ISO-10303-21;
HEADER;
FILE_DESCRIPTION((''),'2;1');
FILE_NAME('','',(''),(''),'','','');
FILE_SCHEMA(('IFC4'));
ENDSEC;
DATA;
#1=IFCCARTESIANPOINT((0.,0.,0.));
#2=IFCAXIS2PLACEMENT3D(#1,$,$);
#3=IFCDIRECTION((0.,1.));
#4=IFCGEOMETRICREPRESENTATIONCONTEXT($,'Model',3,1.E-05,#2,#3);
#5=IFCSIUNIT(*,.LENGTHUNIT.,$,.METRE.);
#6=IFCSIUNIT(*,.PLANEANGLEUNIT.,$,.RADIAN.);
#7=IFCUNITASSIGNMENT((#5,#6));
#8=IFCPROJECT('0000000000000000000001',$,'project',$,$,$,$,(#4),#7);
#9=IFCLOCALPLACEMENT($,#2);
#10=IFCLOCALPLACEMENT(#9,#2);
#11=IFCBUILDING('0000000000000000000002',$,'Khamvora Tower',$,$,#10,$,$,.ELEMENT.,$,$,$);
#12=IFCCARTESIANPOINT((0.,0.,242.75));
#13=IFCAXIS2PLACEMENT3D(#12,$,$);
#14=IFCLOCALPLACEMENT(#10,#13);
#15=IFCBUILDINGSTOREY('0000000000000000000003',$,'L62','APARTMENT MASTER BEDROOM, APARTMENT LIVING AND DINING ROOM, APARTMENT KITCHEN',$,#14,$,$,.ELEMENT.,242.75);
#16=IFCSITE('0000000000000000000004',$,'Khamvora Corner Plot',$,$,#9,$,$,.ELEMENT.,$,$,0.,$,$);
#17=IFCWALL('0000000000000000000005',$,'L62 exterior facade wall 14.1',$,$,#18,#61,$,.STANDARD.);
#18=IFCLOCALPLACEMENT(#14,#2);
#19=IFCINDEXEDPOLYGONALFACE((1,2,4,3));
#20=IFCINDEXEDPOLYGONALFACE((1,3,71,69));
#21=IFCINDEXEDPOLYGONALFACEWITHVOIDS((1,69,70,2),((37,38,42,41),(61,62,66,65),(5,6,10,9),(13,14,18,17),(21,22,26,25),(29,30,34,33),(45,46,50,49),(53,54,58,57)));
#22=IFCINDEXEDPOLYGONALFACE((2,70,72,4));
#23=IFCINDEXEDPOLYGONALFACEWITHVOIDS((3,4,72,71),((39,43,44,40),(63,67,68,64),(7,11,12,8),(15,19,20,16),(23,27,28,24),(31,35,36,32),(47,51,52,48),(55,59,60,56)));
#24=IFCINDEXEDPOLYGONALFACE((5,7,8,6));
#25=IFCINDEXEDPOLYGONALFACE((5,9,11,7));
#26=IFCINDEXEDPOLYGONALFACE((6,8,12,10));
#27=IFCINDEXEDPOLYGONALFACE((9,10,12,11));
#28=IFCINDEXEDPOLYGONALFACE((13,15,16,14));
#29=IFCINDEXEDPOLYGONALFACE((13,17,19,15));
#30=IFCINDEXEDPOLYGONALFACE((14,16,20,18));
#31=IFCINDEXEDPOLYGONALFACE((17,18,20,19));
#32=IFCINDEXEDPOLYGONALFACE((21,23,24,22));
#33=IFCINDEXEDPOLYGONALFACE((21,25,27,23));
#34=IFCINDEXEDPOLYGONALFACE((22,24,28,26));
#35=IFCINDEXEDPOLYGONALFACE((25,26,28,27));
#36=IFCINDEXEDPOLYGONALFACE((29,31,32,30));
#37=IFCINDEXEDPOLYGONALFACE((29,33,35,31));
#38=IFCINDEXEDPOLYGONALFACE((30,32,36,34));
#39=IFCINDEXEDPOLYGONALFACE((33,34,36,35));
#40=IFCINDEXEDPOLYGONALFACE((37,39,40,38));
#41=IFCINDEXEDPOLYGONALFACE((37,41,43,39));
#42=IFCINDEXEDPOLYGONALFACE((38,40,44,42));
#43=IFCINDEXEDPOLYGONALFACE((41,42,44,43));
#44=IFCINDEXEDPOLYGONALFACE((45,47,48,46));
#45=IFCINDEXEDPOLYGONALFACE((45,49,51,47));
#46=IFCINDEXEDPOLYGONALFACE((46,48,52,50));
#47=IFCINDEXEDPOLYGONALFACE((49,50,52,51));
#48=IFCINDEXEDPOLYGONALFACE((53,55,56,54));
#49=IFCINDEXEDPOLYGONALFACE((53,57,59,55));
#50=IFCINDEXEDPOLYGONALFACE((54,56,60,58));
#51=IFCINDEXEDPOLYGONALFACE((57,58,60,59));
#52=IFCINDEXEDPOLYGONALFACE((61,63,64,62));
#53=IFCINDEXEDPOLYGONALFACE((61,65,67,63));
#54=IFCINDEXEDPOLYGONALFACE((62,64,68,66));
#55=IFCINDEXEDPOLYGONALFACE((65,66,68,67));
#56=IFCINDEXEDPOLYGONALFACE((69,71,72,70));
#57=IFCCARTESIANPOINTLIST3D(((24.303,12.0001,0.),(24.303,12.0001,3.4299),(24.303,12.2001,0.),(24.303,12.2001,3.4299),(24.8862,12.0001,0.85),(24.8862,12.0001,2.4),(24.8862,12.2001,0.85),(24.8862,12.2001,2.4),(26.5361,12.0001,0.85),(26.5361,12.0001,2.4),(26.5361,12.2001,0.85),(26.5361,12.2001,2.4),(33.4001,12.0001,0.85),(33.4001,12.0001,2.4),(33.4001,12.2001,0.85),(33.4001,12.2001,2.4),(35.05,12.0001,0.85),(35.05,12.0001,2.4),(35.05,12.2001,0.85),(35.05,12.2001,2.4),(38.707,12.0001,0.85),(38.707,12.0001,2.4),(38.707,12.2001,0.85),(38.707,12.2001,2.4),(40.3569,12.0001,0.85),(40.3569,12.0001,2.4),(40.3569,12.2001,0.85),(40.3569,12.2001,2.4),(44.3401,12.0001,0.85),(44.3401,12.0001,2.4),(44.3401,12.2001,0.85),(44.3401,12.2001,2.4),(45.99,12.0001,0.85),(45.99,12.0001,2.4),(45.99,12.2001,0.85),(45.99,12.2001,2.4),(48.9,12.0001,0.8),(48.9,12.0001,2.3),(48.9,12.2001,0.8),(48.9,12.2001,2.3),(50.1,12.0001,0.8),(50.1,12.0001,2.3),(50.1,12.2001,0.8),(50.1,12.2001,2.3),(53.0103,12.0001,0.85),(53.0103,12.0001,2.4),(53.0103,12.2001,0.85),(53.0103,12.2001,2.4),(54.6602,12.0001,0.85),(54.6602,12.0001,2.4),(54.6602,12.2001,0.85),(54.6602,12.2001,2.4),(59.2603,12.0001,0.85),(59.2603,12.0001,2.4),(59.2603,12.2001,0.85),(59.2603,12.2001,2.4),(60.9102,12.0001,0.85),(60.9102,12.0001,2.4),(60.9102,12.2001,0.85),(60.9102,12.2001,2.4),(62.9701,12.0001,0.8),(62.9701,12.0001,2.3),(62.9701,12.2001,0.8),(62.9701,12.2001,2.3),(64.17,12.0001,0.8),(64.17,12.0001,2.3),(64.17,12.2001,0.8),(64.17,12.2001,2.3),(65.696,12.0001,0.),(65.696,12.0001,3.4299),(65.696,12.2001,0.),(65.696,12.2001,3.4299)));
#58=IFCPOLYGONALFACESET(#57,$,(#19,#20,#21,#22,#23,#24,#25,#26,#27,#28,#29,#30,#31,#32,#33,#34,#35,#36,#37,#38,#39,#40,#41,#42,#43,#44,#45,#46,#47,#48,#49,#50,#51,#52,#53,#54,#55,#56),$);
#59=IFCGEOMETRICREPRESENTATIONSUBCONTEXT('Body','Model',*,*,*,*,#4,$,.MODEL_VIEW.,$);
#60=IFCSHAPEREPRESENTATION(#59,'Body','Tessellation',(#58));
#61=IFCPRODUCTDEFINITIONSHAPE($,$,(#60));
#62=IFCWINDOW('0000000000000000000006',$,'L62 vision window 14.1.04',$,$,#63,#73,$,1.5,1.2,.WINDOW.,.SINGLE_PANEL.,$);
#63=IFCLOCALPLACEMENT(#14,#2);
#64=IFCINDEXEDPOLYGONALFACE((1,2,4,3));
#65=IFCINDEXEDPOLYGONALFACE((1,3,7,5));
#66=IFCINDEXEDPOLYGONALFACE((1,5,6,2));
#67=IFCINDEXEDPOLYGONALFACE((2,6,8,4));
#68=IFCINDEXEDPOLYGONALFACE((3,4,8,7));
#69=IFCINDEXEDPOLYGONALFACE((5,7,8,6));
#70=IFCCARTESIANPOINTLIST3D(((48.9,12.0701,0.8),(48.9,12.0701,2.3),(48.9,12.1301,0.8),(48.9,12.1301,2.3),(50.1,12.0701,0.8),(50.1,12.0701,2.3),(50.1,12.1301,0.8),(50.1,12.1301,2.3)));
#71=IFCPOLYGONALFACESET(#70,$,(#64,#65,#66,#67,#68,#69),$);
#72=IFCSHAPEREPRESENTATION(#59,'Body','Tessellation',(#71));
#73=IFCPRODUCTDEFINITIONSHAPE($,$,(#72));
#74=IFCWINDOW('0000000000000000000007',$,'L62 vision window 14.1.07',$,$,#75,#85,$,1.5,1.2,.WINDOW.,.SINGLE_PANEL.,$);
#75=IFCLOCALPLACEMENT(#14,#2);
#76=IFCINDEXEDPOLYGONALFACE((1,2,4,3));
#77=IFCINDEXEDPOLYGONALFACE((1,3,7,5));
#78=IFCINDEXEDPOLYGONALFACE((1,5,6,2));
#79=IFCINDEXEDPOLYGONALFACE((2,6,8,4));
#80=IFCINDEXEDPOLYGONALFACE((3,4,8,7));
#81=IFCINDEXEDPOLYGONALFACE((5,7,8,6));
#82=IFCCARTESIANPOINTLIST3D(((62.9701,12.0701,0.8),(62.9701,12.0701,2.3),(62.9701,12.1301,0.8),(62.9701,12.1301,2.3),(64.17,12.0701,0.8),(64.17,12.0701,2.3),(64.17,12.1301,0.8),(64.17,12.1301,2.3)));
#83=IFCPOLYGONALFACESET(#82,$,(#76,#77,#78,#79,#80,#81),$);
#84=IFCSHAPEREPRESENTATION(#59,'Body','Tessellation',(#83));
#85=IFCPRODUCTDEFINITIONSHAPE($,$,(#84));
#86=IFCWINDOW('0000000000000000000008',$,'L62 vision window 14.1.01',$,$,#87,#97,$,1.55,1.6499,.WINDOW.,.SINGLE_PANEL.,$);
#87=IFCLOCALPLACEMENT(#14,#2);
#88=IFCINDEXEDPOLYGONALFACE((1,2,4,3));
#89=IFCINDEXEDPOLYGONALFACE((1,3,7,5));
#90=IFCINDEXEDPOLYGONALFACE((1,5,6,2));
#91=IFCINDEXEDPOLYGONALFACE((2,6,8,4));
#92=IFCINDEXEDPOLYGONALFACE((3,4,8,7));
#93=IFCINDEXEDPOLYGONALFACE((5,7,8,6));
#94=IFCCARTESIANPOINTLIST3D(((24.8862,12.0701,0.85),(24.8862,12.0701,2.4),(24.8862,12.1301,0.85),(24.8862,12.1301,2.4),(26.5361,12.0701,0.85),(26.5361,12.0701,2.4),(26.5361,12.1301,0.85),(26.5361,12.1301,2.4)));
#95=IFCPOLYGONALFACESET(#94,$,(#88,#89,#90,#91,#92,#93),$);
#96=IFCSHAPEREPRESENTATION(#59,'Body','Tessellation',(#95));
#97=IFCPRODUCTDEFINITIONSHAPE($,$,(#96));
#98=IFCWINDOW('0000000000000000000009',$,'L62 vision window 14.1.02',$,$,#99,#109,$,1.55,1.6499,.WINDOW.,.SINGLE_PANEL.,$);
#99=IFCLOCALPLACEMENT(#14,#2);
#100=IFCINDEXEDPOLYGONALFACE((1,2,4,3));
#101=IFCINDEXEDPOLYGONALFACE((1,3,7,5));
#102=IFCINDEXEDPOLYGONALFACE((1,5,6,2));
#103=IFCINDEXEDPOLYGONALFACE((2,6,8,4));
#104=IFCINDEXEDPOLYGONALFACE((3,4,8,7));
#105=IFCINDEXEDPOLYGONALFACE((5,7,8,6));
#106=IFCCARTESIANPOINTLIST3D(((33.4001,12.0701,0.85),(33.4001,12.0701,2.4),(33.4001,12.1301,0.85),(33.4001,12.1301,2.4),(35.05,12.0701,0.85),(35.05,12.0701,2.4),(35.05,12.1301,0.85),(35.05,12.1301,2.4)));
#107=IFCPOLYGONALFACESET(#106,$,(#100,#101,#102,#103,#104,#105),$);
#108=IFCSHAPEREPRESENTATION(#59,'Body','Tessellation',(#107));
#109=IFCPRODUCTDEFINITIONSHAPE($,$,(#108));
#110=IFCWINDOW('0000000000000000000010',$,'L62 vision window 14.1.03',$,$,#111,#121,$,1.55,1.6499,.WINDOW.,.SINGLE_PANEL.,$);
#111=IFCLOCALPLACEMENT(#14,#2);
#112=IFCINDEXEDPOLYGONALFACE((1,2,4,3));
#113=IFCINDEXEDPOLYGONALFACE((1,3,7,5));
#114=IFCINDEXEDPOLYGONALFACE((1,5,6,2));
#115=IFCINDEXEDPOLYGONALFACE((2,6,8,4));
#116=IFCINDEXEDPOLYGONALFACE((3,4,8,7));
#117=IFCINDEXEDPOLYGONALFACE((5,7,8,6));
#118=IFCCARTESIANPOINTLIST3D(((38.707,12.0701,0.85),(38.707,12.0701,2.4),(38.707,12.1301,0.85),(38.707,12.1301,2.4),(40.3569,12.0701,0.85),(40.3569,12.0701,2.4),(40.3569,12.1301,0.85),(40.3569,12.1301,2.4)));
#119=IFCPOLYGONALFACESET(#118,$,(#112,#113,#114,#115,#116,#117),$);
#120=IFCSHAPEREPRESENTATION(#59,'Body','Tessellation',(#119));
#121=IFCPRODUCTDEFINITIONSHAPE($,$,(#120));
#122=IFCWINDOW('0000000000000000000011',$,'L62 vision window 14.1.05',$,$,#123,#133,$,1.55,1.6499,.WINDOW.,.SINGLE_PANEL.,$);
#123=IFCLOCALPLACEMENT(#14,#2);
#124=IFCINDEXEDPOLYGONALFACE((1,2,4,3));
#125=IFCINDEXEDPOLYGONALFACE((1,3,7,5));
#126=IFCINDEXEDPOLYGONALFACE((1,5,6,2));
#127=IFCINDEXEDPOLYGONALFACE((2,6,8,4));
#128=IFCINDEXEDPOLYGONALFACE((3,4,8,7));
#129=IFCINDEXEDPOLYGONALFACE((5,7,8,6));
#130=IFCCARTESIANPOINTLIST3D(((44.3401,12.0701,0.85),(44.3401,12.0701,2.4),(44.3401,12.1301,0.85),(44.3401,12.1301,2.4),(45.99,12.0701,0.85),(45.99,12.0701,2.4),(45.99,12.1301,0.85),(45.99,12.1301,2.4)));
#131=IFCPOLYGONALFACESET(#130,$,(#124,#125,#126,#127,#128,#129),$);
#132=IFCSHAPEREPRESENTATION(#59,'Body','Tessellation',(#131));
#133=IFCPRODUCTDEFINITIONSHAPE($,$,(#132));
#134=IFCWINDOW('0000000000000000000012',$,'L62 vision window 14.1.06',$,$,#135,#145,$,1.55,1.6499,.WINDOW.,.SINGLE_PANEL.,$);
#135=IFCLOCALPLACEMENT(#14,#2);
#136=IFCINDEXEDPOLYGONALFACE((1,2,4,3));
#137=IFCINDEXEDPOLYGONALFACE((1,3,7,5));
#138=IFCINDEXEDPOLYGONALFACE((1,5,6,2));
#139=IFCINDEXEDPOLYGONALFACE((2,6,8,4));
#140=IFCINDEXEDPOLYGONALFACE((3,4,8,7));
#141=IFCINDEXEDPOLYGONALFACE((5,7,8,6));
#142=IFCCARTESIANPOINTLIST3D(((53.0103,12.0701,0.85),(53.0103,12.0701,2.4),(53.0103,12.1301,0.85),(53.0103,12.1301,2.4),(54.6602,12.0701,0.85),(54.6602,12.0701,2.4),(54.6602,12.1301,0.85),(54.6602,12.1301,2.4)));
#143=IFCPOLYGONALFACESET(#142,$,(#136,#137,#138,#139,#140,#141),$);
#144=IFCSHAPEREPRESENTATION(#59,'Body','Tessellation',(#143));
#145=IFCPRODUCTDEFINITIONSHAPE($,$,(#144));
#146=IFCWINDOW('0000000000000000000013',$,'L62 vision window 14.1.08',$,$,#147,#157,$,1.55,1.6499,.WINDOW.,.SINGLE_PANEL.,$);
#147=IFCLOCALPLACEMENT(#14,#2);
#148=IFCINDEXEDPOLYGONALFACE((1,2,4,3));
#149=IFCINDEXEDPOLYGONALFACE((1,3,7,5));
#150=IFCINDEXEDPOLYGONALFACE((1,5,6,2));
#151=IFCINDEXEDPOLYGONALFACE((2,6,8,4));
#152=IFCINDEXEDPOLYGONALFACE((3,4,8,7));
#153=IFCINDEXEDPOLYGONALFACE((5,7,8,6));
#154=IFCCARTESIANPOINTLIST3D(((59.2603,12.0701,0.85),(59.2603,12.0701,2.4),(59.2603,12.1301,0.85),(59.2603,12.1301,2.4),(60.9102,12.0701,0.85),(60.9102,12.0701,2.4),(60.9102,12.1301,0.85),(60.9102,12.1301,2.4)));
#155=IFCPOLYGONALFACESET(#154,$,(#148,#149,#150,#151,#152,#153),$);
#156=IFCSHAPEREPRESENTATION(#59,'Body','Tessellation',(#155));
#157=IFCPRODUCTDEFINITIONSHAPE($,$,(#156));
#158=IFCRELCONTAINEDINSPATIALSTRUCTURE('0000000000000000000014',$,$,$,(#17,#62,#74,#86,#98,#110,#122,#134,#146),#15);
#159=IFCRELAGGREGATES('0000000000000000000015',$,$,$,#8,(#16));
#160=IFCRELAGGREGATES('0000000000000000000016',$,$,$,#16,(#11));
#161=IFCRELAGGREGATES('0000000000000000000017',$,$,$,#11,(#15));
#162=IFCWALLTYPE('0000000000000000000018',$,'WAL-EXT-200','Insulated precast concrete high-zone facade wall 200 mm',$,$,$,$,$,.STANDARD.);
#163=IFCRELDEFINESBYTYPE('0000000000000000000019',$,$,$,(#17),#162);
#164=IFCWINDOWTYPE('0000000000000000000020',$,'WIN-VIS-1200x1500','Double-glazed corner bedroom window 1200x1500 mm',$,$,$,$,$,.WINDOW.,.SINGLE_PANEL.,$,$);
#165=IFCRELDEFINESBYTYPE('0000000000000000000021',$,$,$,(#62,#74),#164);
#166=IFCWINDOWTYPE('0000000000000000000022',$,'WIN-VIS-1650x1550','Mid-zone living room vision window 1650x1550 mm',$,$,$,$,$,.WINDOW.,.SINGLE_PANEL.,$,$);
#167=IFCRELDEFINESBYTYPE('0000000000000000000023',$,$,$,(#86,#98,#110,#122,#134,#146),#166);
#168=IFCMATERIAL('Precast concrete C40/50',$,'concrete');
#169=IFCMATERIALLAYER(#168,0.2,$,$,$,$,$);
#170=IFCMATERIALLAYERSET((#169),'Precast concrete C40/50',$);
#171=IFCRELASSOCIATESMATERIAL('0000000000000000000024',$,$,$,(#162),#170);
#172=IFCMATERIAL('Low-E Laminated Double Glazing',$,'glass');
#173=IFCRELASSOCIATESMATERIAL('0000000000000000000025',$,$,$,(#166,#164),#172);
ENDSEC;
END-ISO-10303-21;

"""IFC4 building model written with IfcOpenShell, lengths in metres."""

from ifc_helpers import new_model, si_unit, direction, frame, frame_2d, origin, place, context, subcontext, project, spatial, rectangle, extrude, material, layer, layer_set, type_object, element, fill, save


model = new_model("IFC4")

# Units and contexts
model_context = context("Model", 3, precision=1e-05, world=origin(), true_north=direction((0.0, 1.0)))
body_context = subcontext(model_context, "Body", "Model", "MODEL_VIEW")
ifc_project = project(units=[si_unit("LENGTHUNIT", "METRE"), si_unit("PLANEANGLEUNIT", "RADIAN")], contexts=[model_context])

# Site, building, storey
site_placement = place(None, origin())
site = spatial("IfcSite", under=ifc_project, at=site_placement, Name="Khamvora Corner Plot", CompositionType="ELEMENT", RefElevation=0.0)
building_placement = place(site_placement, origin())
building = spatial("IfcBuilding", under=site, at=building_placement, Name="Khamvora Tower", CompositionType="ELEMENT")
storey_placement = place(building_placement, frame((0.0, 0.0, 242.75)))
storey = spatial("IfcBuildingStorey", under=building, at=storey_placement, Name="L62", Description="APARTMENT MASTER BEDROOM, APARTMENT LIVING AND DINING ROOM, APARTMENT KITCHEN", CompositionType="ELEMENT", Elevation=242.75)

# Shared definitions
ifc_material_1 = material(Name="Precast concrete C40/50", Category="concrete")
ifc_layer_1 = layer(ifc_material_1, 0.2)
ifc_layer_set_1 = layer_set([ifc_layer_1], Name="Precast concrete C40/50")
wall_type_1 = type_object("IfcWallType", Name="WAL-EXT-200", Description="Insulated precast concrete high-zone facade wall 200 mm", PredefinedType="STANDARD", material=ifc_layer_set_1)
ifc_material_2 = material(Name="Low-E Laminated Double Glazing", Category="glass")
window_type_1 = type_object("IfcWindowType", Name="WIN-VIS-1650x1550", Description="Mid-zone living room vision window 1650x1550 mm", PartitioningType="SINGLE_PANEL", PredefinedType="WINDOW", material=ifc_material_2)

# Wall, openings, windows
wall_1_placement = place(storey_placement, frame((65.696, 12.1001, 0.0), z_axis=(0.0, 0.0, 1.0), x_axis=(-1.0, 0.0, 0.0)))
wall_1 = element("IfcWall", 1, at=wall_1_placement, inside=storey, type_object=wall_type_1, Name="L62 exterior facade wall 14.1", PredefinedType="STANDARD", context=body_context, shape_type="SweptSolid", body=[
    extrude(rectangle(XDim=41.3931, YDim=0.2, at=frame_2d((20.6965, 0.0))), origin(), (0.0, 0.0, 1.0), 3.4299),
])
opening_1_placement = place(wall_1_placement, frame((39.1599, 0.0, 0.8501)))
opening_1 = element("IfcOpeningElement", 2, at=opening_1_placement, cuts=wall_1, PredefinedType="OPENING", context=body_context, shape_type="SweptSolid", body=[
    extrude(rectangle(XDim=1.6499, YDim=1.55, at=frame_2d((0.825, 0.7749))), frame((0.0, 0.1099, 0.0), z_axis=(0.0, -1.0, 0.0), x_axis=(1.0, 0.0, 0.0)), (0.0, 0.0, 1.0), 0.22),
])
opening_2_placement = place(wall_1_placement, frame((30.646, 0.0, 0.8501)))
opening_2 = element("IfcOpeningElement", 3, at=opening_2_placement, cuts=wall_1, PredefinedType="OPENING", context=body_context, shape_type="SweptSolid", body=[
    extrude(rectangle(XDim=1.6499, YDim=1.55, at=frame_2d((0.825, 0.7749))), frame((0.0, 0.1099, 0.0), z_axis=(0.0, -1.0, 0.0), x_axis=(1.0, 0.0, 0.0)), (0.0, 0.0, 1.0), 0.22),
])
opening_3_placement = place(wall_1_placement, frame((25.3391, 0.0, 0.8501)))
opening_3 = element("IfcOpeningElement", 4, at=opening_3_placement, cuts=wall_1, PredefinedType="OPENING", context=body_context, shape_type="SweptSolid", body=[
    extrude(rectangle(XDim=1.6499, YDim=1.55, at=frame_2d((0.825, 0.7749))), frame((0.0, 0.1099, 0.0), z_axis=(0.0, -1.0, 0.0), x_axis=(1.0, 0.0, 0.0)), (0.0, 0.0, 1.0), 0.22),
])
opening_4_placement = place(wall_1_placement, frame((15.5959, 0.0, 0.8)))
opening_4 = element("IfcOpeningElement", 5, at=opening_4_placement, cuts=wall_1, PredefinedType="OPENING", context=body_context, shape_type="SweptSolid", body=[
    extrude(rectangle(XDim=1.2, YDim=1.5, at=frame_2d((0.6001, 0.75))), frame((0.0, 0.1099, 0.0), z_axis=(0.0, -1.0, 0.0), x_axis=(1.0, 0.0, 0.0)), (0.0, 0.0, 1.0), 0.22),
])
opening_5_placement = place(wall_1_placement, frame((19.7061, 0.0, 0.8501)))
opening_5 = element("IfcOpeningElement", 6, at=opening_5_placement, cuts=wall_1, PredefinedType="OPENING", context=body_context, shape_type="SweptSolid", body=[
    extrude(rectangle(XDim=1.6499, YDim=1.55, at=frame_2d((0.825, 0.7749))), frame((0.0, 0.1099, 0.0), z_axis=(0.0, -1.0, 0.0), x_axis=(1.0, 0.0, 0.0)), (0.0, 0.0, 1.0), 0.22),
])
opening_6_placement = place(wall_1_placement, frame((11.0359, 0.0, 0.8501)))
opening_6 = element("IfcOpeningElement", 7, at=opening_6_placement, cuts=wall_1, PredefinedType="OPENING", context=body_context, shape_type="SweptSolid", body=[
    extrude(rectangle(XDim=1.6499, YDim=1.55, at=frame_2d((0.825, 0.7749))), frame((0.0, 0.1099, 0.0), z_axis=(0.0, -1.0, 0.0), x_axis=(1.0, 0.0, 0.0)), (0.0, 0.0, 1.0), 0.22),
])
opening_7_placement = place(wall_1_placement, frame((1.5259, 0.0, 0.8)))
opening_7 = element("IfcOpeningElement", 8, at=opening_7_placement, cuts=wall_1, PredefinedType="OPENING", context=body_context, shape_type="SweptSolid", body=[
    extrude(rectangle(XDim=1.2, YDim=1.5, at=frame_2d((0.6001, 0.75))), frame((0.0, 0.1099, 0.0), z_axis=(0.0, -1.0, 0.0), x_axis=(1.0, 0.0, 0.0)), (0.0, 0.0, 1.0), 0.22),
])
opening_8_placement = place(wall_1_placement, frame((4.7859, 0.0, 0.8501)))
opening_8 = element("IfcOpeningElement", 9, at=opening_8_placement, cuts=wall_1, PredefinedType="OPENING", context=body_context, shape_type="SweptSolid", body=[
    extrude(rectangle(XDim=1.6499, YDim=1.55, at=frame_2d((0.825, 0.7749))), frame((0.0, 0.1099, 0.0), z_axis=(0.0, -1.0, 0.0), x_axis=(1.0, 0.0, 0.0)), (0.0, 0.0, 1.0), 0.22),
])
window_type_2 = type_object("IfcWindowType", Name="WIN-VIS-1200x1500", Description="Double-glazed corner bedroom window 1200x1500 mm", PartitioningType="SINGLE_PANEL", PredefinedType="WINDOW", material=ifc_material_2)
window_1_placement = place(opening_4_placement, origin())
window_1 = element("IfcWindow", 10, at=window_1_placement, inside=storey, type_object=window_type_2, Name="L62 vision window 14.1.04", OverallHeight=1.5, OverallWidth=1.2, PartitioningType="SINGLE_PANEL", PredefinedType="WINDOW", context=body_context, shape_type="SweptSolid", body=[
    extrude(rectangle(XDim=1.2, YDim=1.5, at=frame_2d((0.6001, 0.75))), frame((0.0, 0.03, 0.0), z_axis=(0.0, -1.0, 0.0), x_axis=(1.0, 0.0, 0.0)), (0.0, 0.0, 1.0), 0.0601),
])
fill(opening_4, window_1)
window_2_placement = place(opening_7_placement, origin())
window_2 = element("IfcWindow", 11, at=window_2_placement, inside=storey, type_object=window_type_2, Name="L62 vision window 14.1.07", OverallHeight=1.5, OverallWidth=1.2, PartitioningType="SINGLE_PANEL", PredefinedType="WINDOW", context=body_context, shape_type="SweptSolid", body=[
    extrude(rectangle(XDim=1.2, YDim=1.5, at=frame_2d((0.6001, 0.75))), frame((0.0, 0.03, 0.0), z_axis=(0.0, -1.0, 0.0), x_axis=(1.0, 0.0, 0.0)), (0.0, 0.0, 1.0), 0.0601),
])
fill(opening_7, window_2)
window_3_placement = place(opening_1_placement, origin())
window_3 = element("IfcWindow", 12, at=window_3_placement, inside=storey, type_object=window_type_1, Name="L62 vision window 14.1.01", OverallHeight=1.55, OverallWidth=1.6499, PartitioningType="SINGLE_PANEL", PredefinedType="WINDOW", context=body_context, shape_type="SweptSolid", body=[
    extrude(rectangle(XDim=1.6499, YDim=1.55, at=frame_2d((0.825, 0.7749))), frame((0.0, 0.03, 0.0), z_axis=(0.0, -1.0, 0.0), x_axis=(1.0, 0.0, 0.0)), (0.0, 0.0, 1.0), 0.0601),
])
fill(opening_1, window_3)
window_4_placement = place(opening_2_placement, origin())
window_4 = element("IfcWindow", 13, at=window_4_placement, inside=storey, type_object=window_type_1, Name="L62 vision window 14.1.02", OverallHeight=1.55, OverallWidth=1.6499, PartitioningType="SINGLE_PANEL", PredefinedType="WINDOW", context=body_context, shape_type="SweptSolid", body=[
    extrude(rectangle(XDim=1.6499, YDim=1.55, at=frame_2d((0.825, 0.7749))), frame((0.0, 0.03, 0.0), z_axis=(0.0, -1.0, 0.0), x_axis=(1.0, 0.0, 0.0)), (0.0, 0.0, 1.0), 0.0601),
])
fill(opening_2, window_4)
window_5_placement = place(opening_3_placement, origin())
window_5 = element("IfcWindow", 14, at=window_5_placement, inside=storey, type_object=window_type_1, Name="L62 vision window 14.1.03", OverallHeight=1.55, OverallWidth=1.6499, PartitioningType="SINGLE_PANEL", PredefinedType="WINDOW", context=body_context, shape_type="SweptSolid", body=[
    extrude(rectangle(XDim=1.6499, YDim=1.55, at=frame_2d((0.825, 0.7749))), frame((0.0, 0.03, 0.0), z_axis=(0.0, -1.0, 0.0), x_axis=(1.0, 0.0, 0.0)), (0.0, 0.0, 1.0), 0.0601),
])
fill(opening_3, window_5)
window_6_placement = place(opening_5_placement, origin())
window_6 = element("IfcWindow", 15, at=window_6_placement, inside=storey, type_object=window_type_1, Name="L62 vision window 14.1.05", OverallHeight=1.55, OverallWidth=1.6499, PartitioningType="SINGLE_PANEL", PredefinedType="WINDOW", context=body_context, shape_type="SweptSolid", body=[
    extrude(rectangle(XDim=1.6499, YDim=1.55, at=frame_2d((0.825, 0.7749))), frame((0.0, 0.03, 0.0), z_axis=(0.0, -1.0, 0.0), x_axis=(1.0, 0.0, 0.0)), (0.0, 0.0, 1.0), 0.0601),
])
fill(opening_5, window_6)
window_7_placement = place(opening_6_placement, origin())
window_7 = element("IfcWindow", 16, at=window_7_placement, inside=storey, type_object=window_type_1, Name="L62 vision window 14.1.06", OverallHeight=1.55, OverallWidth=1.6499, PartitioningType="SINGLE_PANEL", PredefinedType="WINDOW", context=body_context, shape_type="SweptSolid", body=[
    extrude(rectangle(XDim=1.6499, YDim=1.55, at=frame_2d((0.825, 0.7749))), frame((0.0, 0.03, 0.0), z_axis=(0.0, -1.0, 0.0), x_axis=(1.0, 0.0, 0.0)), (0.0, 0.0, 1.0), 0.0601),
])
fill(opening_6, window_7)
window_8_placement = place(opening_8_placement, origin())
window_8 = element("IfcWindow", 17, at=window_8_placement, inside=storey, type_object=window_type_1, Name="L62 vision window 14.1.08", OverallHeight=1.55, OverallWidth=1.6499, PartitioningType="SINGLE_PANEL", PredefinedType="WINDOW", context=body_context, shape_type="SweptSolid", body=[
    extrude(rectangle(XDim=1.6499, YDim=1.55, at=frame_2d((0.825, 0.7749))), frame((0.0, 0.03, 0.0), z_axis=(0.0, -1.0, 0.0), x_axis=(1.0, 0.0, 0.0)), (0.0, 0.0, 1.0), 0.0601),
])
fill(opening_8, window_8)

save(model, "model.ifc")
